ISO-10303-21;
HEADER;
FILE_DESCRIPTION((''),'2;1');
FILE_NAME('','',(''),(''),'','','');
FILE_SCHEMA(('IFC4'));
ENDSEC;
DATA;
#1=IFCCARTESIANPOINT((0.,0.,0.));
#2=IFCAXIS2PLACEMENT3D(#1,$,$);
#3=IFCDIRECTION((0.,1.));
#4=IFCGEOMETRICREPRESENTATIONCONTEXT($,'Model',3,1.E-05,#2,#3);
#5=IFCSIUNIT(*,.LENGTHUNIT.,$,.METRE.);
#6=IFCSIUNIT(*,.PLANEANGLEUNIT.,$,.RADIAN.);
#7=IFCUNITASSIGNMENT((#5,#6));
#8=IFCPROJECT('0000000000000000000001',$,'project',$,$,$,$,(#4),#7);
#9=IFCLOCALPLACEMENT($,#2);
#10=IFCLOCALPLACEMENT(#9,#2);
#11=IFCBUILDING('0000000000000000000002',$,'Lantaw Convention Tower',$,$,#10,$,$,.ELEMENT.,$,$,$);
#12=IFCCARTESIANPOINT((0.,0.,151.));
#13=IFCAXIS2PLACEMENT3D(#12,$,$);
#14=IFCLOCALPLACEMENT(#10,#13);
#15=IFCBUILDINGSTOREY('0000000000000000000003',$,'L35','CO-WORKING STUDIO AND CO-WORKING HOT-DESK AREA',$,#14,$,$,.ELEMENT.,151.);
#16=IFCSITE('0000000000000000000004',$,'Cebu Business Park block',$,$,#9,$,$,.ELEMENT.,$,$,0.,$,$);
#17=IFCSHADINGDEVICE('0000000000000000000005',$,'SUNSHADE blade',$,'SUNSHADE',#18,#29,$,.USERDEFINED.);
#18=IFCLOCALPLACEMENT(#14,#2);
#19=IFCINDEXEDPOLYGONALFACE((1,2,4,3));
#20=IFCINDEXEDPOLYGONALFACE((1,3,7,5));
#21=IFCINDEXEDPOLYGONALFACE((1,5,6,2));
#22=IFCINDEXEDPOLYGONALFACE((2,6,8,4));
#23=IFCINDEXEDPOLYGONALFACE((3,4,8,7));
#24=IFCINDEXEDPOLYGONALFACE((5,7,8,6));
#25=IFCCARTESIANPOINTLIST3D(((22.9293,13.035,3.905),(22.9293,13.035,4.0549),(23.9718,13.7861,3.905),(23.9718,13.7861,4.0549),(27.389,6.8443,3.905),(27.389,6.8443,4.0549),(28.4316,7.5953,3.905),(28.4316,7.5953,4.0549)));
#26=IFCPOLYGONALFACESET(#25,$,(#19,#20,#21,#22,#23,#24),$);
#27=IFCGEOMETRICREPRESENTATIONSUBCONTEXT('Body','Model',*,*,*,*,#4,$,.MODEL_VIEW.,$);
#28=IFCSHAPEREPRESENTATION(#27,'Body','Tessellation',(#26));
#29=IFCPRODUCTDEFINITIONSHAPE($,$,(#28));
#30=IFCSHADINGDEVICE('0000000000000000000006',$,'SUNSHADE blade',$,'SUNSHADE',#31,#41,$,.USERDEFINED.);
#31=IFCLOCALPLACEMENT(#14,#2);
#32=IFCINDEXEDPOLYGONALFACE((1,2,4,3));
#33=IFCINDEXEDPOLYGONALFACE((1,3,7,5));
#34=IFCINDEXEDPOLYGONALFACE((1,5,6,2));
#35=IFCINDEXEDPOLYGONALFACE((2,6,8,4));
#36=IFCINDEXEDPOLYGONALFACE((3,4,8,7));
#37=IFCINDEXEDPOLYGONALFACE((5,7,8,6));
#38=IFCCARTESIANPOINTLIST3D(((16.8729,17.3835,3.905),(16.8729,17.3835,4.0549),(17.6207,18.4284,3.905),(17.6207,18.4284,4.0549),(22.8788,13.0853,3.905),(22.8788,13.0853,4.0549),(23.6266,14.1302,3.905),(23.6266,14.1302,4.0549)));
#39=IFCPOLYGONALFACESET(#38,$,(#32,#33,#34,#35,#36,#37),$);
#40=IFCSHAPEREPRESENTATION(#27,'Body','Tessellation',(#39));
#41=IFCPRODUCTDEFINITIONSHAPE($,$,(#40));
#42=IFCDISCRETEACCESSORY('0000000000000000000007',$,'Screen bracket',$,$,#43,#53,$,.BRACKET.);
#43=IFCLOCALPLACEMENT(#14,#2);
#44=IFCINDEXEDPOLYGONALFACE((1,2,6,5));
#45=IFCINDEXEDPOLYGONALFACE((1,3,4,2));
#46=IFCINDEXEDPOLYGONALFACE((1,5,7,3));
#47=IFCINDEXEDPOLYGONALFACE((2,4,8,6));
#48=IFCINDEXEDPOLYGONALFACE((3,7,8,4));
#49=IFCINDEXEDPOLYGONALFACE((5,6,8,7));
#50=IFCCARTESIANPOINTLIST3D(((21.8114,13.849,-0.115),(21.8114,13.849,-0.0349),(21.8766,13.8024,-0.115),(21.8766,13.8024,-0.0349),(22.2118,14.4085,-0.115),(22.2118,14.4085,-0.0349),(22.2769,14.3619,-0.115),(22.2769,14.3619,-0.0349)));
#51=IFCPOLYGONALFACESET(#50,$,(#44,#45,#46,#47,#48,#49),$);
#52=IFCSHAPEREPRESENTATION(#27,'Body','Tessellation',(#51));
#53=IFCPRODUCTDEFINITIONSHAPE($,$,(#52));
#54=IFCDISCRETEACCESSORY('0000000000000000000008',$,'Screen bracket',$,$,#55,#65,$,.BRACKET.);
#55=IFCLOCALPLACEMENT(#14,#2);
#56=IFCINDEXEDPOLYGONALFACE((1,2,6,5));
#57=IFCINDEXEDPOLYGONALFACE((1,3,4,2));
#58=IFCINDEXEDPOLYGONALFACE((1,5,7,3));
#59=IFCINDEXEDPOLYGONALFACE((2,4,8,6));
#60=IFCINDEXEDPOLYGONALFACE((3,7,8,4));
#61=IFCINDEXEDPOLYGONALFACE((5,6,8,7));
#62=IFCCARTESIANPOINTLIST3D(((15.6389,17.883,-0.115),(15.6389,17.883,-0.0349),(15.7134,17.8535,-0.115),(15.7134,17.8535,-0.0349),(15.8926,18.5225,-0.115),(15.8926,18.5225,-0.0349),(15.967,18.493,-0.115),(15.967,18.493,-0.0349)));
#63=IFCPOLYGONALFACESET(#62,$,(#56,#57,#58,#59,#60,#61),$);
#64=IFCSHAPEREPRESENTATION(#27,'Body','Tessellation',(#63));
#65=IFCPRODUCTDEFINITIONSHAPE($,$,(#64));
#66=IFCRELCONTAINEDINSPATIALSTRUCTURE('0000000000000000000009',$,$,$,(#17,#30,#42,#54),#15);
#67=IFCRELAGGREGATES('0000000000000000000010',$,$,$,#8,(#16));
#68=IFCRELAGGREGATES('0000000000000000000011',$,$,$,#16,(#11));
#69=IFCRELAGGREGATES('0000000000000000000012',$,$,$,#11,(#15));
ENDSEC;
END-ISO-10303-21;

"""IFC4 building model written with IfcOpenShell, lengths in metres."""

from ifc_helpers import new_model, si_unit, direction, frame, origin, origin_2d, place, context, subcontext, project, spatial, rectangle, extrude, element, save


model = new_model("IFC4")

# Units and contexts
model_context = context("Model", 3, precision=1e-05, world=origin(), true_north=direction((0.0, 1.0)))
body_context = subcontext(model_context, "Body", "Model", "MODEL_VIEW")
ifc_project = project(units=[si_unit("LENGTHUNIT", "METRE"), si_unit("PLANEANGLEUNIT", "RADIAN")], contexts=[model_context])

# Site, building, storey
site_placement = place(None, origin())
site = spatial("IfcSite", under=ifc_project, at=site_placement, Name="Cebu Business Park block", CompositionType="ELEMENT", RefElevation=0.0)
building_placement = place(site_placement, origin())
building = spatial("IfcBuilding", under=site, at=building_placement, Name="Lantaw Convention Tower", CompositionType="ELEMENT")
storey_placement = place(building_placement, frame((0.0, 0.0, 151.0)))
storey = spatial("IfcBuildingStorey", under=building, at=storey_placement, Name="L35", Description="CO-WORKING STUDIO AND CO-WORKING HOT-DESK AREA", CompositionType="ELEMENT", Elevation=151.0)

# Shading devices
shading_device_1_placement = place(storey_placement, frame((25.6804, 10.3152, 3.905), z_axis=(0.0, 0.0, 1.0), x_axis=(-0.584513, 0.811385, 0.0)))
element("IfcShadingDevice", 1, at=shading_device_1_placement, inside=storey, Name="SUNSHADE blade", ObjectType="SUNSHADE", PredefinedType="USERDEFINED", context=body_context, shape_type="SweptSolid", body=[
    extrude(rectangle(XDim=7.6299, YDim=1.2849, at=origin_2d()), origin(), (0.0, 0.0, 1.0), 0.1499),
])
shading_device_2_placement = place(storey_placement, frame((20.2498, 15.7568, 3.905), z_axis=(0.0, 0.0, 1.0), x_axis=(-0.813208, 0.581973, 0.0)))
element("IfcShadingDevice", 2, at=shading_device_2_placement, inside=storey, Name="SUNSHADE blade", ObjectType="SUNSHADE", PredefinedType="USERDEFINED", context=body_context, shape_type="SweptSolid", body=[
    extrude(rectangle(XDim=7.3855, YDim=1.2849, at=origin_2d()), origin(), (0.0, 0.0, 1.0), 0.1499),
])

# Discrete accessories
for number, where, z_axis, x_axis, name in (
    (3, (22.0442, 14.1055, -0.115), (0.0, 0.0, 1.0), (-0.813208, 0.581973, 0.0), "Screen bracket"),
    (4, (15.803, 18.188, -0.115), (0.0, 0.0, 1.0), (-0.929548, 0.368702, 0.0), "Screen bracket"),
):
    element("IfcDiscreteAccessory", number, at=place(storey_placement, frame(where, z_axis=z_axis, x_axis=x_axis)), inside=storey, Name=name, PredefinedType="BRACKET", context=body_context, shape_type="SweptSolid", body=[
        extrude(rectangle(XDim=0.0801, YDim=0.688, at=origin_2d()), origin(), (0.0, 0.0, 1.0), 0.0801),
    ])

save(model, "model.ifc")
